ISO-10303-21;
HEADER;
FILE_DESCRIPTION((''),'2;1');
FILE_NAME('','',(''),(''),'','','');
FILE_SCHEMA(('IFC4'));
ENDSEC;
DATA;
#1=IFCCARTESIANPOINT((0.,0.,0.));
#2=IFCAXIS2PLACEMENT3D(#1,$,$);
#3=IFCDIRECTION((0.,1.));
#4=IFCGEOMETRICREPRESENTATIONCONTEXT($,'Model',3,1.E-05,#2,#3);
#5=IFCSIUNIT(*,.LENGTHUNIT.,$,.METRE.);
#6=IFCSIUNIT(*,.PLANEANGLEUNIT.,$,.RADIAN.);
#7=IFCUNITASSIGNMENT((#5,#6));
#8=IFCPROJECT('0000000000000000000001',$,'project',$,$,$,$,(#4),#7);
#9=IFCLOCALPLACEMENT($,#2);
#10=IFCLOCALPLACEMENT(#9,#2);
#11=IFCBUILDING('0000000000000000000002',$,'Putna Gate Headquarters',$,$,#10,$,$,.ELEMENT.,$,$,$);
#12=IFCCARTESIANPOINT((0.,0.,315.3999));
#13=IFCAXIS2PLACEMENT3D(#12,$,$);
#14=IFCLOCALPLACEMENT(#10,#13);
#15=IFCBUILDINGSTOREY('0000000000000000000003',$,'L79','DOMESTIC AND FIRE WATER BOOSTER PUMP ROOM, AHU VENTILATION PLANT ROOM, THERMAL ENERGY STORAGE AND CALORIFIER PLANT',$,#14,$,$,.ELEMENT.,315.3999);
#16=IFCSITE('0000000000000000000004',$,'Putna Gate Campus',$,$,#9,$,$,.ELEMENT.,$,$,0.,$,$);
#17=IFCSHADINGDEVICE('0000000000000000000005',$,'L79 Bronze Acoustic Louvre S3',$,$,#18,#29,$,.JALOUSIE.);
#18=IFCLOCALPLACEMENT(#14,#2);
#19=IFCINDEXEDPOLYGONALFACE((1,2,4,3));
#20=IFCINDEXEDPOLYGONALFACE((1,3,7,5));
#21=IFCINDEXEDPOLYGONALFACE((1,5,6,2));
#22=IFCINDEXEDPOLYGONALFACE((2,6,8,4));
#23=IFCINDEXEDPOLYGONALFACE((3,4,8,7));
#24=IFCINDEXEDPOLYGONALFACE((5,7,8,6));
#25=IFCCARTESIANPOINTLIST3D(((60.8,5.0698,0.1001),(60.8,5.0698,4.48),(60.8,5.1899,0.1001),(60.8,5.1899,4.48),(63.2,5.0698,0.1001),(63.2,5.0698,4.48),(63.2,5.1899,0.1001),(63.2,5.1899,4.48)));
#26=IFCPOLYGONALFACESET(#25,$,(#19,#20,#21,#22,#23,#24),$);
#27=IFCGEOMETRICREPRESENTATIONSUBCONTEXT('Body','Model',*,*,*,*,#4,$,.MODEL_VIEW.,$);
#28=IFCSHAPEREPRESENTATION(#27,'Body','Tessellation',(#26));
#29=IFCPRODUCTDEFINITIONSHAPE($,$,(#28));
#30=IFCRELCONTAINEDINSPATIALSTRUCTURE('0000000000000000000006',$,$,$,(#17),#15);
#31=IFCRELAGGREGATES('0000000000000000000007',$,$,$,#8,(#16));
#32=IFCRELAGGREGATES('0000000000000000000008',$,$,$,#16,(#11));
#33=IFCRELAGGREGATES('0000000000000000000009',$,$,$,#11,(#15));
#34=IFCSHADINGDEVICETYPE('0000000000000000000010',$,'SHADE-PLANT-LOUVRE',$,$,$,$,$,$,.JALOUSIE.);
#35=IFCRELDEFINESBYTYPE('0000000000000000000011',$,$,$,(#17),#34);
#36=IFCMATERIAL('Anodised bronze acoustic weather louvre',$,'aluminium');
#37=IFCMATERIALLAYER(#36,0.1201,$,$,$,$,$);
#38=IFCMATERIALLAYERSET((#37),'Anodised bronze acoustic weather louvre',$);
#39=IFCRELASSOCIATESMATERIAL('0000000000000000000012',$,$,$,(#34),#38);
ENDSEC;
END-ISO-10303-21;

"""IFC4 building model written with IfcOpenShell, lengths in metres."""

from ifc_helpers import new_model, si_unit, direction, frame, origin, origin_2d, place, context, subcontext, project, spatial, rectangle, extrude, material, layer, layer_set, type_object, element, save


model = new_model("IFC4")

# Units and contexts
model_context = context("Model", 3, precision=1e-05, world=origin(), true_north=direction((0.0, 1.0)))
body_context = subcontext(model_context, "Body", "Model", "MODEL_VIEW")
ifc_project = project(units=[si_unit("LENGTHUNIT", "METRE"), si_unit("PLANEANGLEUNIT", "RADIAN")], contexts=[model_context])

# Site, building, storey
site_placement = place(None, origin())
site = spatial("IfcSite", under=ifc_project, at=site_placement, Name="Putna Gate Campus", CompositionType="ELEMENT", RefElevation=0.0)
building_placement = place(site_placement, origin())
building = spatial("IfcBuilding", under=site, at=building_placement, Name="Putna Gate Headquarters", CompositionType="ELEMENT")
storey_placement = place(building_placement, frame((0.0, 0.0, 315.3999)))
storey = spatial("IfcBuildingStorey", under=building, at=storey_placement, Name="L79", Description="DOMESTIC AND FIRE WATER BOOSTER PUMP ROOM, AHU VENTILATION PLANT ROOM, THERMAL ENERGY STORAGE AND CALORIFIER PLANT", CompositionType="ELEMENT", Elevation=315.3999)

# Shading device
ifc_material_1 = material(Name="Anodised bronze acoustic weather louvre", Category="aluminium")
ifc_layer_1 = layer(ifc_material_1, 0.1201)
ifc_layer_set_1 = layer_set([ifc_layer_1], Name="Anodised bronze acoustic weather louvre")
shading_device_type = type_object("IfcShadingDeviceType", Name="SHADE-PLANT-LOUVRE", PredefinedType="JALOUSIE", material=ifc_layer_set_1)
shading_device_placement = place(storey_placement, frame((62.0, 5.1299, 0.1001), z_axis=(0.0, 0.0, 1.0), x_axis=(1.0, 0.0, 0.0)))
element("IfcShadingDevice", 1, at=shading_device_placement, inside=storey, type_object=shading_device_type, Name="L79 Bronze Acoustic Louvre S3", PredefinedType="JALOUSIE", context=body_context, shape_type="SweptSolid", body=[
    extrude(rectangle(XDim=2.3999, YDim=0.1201, at=origin_2d()), origin(), (0.0, 0.0, 1.0), 4.3799),
])

save(model, "model.ifc")
